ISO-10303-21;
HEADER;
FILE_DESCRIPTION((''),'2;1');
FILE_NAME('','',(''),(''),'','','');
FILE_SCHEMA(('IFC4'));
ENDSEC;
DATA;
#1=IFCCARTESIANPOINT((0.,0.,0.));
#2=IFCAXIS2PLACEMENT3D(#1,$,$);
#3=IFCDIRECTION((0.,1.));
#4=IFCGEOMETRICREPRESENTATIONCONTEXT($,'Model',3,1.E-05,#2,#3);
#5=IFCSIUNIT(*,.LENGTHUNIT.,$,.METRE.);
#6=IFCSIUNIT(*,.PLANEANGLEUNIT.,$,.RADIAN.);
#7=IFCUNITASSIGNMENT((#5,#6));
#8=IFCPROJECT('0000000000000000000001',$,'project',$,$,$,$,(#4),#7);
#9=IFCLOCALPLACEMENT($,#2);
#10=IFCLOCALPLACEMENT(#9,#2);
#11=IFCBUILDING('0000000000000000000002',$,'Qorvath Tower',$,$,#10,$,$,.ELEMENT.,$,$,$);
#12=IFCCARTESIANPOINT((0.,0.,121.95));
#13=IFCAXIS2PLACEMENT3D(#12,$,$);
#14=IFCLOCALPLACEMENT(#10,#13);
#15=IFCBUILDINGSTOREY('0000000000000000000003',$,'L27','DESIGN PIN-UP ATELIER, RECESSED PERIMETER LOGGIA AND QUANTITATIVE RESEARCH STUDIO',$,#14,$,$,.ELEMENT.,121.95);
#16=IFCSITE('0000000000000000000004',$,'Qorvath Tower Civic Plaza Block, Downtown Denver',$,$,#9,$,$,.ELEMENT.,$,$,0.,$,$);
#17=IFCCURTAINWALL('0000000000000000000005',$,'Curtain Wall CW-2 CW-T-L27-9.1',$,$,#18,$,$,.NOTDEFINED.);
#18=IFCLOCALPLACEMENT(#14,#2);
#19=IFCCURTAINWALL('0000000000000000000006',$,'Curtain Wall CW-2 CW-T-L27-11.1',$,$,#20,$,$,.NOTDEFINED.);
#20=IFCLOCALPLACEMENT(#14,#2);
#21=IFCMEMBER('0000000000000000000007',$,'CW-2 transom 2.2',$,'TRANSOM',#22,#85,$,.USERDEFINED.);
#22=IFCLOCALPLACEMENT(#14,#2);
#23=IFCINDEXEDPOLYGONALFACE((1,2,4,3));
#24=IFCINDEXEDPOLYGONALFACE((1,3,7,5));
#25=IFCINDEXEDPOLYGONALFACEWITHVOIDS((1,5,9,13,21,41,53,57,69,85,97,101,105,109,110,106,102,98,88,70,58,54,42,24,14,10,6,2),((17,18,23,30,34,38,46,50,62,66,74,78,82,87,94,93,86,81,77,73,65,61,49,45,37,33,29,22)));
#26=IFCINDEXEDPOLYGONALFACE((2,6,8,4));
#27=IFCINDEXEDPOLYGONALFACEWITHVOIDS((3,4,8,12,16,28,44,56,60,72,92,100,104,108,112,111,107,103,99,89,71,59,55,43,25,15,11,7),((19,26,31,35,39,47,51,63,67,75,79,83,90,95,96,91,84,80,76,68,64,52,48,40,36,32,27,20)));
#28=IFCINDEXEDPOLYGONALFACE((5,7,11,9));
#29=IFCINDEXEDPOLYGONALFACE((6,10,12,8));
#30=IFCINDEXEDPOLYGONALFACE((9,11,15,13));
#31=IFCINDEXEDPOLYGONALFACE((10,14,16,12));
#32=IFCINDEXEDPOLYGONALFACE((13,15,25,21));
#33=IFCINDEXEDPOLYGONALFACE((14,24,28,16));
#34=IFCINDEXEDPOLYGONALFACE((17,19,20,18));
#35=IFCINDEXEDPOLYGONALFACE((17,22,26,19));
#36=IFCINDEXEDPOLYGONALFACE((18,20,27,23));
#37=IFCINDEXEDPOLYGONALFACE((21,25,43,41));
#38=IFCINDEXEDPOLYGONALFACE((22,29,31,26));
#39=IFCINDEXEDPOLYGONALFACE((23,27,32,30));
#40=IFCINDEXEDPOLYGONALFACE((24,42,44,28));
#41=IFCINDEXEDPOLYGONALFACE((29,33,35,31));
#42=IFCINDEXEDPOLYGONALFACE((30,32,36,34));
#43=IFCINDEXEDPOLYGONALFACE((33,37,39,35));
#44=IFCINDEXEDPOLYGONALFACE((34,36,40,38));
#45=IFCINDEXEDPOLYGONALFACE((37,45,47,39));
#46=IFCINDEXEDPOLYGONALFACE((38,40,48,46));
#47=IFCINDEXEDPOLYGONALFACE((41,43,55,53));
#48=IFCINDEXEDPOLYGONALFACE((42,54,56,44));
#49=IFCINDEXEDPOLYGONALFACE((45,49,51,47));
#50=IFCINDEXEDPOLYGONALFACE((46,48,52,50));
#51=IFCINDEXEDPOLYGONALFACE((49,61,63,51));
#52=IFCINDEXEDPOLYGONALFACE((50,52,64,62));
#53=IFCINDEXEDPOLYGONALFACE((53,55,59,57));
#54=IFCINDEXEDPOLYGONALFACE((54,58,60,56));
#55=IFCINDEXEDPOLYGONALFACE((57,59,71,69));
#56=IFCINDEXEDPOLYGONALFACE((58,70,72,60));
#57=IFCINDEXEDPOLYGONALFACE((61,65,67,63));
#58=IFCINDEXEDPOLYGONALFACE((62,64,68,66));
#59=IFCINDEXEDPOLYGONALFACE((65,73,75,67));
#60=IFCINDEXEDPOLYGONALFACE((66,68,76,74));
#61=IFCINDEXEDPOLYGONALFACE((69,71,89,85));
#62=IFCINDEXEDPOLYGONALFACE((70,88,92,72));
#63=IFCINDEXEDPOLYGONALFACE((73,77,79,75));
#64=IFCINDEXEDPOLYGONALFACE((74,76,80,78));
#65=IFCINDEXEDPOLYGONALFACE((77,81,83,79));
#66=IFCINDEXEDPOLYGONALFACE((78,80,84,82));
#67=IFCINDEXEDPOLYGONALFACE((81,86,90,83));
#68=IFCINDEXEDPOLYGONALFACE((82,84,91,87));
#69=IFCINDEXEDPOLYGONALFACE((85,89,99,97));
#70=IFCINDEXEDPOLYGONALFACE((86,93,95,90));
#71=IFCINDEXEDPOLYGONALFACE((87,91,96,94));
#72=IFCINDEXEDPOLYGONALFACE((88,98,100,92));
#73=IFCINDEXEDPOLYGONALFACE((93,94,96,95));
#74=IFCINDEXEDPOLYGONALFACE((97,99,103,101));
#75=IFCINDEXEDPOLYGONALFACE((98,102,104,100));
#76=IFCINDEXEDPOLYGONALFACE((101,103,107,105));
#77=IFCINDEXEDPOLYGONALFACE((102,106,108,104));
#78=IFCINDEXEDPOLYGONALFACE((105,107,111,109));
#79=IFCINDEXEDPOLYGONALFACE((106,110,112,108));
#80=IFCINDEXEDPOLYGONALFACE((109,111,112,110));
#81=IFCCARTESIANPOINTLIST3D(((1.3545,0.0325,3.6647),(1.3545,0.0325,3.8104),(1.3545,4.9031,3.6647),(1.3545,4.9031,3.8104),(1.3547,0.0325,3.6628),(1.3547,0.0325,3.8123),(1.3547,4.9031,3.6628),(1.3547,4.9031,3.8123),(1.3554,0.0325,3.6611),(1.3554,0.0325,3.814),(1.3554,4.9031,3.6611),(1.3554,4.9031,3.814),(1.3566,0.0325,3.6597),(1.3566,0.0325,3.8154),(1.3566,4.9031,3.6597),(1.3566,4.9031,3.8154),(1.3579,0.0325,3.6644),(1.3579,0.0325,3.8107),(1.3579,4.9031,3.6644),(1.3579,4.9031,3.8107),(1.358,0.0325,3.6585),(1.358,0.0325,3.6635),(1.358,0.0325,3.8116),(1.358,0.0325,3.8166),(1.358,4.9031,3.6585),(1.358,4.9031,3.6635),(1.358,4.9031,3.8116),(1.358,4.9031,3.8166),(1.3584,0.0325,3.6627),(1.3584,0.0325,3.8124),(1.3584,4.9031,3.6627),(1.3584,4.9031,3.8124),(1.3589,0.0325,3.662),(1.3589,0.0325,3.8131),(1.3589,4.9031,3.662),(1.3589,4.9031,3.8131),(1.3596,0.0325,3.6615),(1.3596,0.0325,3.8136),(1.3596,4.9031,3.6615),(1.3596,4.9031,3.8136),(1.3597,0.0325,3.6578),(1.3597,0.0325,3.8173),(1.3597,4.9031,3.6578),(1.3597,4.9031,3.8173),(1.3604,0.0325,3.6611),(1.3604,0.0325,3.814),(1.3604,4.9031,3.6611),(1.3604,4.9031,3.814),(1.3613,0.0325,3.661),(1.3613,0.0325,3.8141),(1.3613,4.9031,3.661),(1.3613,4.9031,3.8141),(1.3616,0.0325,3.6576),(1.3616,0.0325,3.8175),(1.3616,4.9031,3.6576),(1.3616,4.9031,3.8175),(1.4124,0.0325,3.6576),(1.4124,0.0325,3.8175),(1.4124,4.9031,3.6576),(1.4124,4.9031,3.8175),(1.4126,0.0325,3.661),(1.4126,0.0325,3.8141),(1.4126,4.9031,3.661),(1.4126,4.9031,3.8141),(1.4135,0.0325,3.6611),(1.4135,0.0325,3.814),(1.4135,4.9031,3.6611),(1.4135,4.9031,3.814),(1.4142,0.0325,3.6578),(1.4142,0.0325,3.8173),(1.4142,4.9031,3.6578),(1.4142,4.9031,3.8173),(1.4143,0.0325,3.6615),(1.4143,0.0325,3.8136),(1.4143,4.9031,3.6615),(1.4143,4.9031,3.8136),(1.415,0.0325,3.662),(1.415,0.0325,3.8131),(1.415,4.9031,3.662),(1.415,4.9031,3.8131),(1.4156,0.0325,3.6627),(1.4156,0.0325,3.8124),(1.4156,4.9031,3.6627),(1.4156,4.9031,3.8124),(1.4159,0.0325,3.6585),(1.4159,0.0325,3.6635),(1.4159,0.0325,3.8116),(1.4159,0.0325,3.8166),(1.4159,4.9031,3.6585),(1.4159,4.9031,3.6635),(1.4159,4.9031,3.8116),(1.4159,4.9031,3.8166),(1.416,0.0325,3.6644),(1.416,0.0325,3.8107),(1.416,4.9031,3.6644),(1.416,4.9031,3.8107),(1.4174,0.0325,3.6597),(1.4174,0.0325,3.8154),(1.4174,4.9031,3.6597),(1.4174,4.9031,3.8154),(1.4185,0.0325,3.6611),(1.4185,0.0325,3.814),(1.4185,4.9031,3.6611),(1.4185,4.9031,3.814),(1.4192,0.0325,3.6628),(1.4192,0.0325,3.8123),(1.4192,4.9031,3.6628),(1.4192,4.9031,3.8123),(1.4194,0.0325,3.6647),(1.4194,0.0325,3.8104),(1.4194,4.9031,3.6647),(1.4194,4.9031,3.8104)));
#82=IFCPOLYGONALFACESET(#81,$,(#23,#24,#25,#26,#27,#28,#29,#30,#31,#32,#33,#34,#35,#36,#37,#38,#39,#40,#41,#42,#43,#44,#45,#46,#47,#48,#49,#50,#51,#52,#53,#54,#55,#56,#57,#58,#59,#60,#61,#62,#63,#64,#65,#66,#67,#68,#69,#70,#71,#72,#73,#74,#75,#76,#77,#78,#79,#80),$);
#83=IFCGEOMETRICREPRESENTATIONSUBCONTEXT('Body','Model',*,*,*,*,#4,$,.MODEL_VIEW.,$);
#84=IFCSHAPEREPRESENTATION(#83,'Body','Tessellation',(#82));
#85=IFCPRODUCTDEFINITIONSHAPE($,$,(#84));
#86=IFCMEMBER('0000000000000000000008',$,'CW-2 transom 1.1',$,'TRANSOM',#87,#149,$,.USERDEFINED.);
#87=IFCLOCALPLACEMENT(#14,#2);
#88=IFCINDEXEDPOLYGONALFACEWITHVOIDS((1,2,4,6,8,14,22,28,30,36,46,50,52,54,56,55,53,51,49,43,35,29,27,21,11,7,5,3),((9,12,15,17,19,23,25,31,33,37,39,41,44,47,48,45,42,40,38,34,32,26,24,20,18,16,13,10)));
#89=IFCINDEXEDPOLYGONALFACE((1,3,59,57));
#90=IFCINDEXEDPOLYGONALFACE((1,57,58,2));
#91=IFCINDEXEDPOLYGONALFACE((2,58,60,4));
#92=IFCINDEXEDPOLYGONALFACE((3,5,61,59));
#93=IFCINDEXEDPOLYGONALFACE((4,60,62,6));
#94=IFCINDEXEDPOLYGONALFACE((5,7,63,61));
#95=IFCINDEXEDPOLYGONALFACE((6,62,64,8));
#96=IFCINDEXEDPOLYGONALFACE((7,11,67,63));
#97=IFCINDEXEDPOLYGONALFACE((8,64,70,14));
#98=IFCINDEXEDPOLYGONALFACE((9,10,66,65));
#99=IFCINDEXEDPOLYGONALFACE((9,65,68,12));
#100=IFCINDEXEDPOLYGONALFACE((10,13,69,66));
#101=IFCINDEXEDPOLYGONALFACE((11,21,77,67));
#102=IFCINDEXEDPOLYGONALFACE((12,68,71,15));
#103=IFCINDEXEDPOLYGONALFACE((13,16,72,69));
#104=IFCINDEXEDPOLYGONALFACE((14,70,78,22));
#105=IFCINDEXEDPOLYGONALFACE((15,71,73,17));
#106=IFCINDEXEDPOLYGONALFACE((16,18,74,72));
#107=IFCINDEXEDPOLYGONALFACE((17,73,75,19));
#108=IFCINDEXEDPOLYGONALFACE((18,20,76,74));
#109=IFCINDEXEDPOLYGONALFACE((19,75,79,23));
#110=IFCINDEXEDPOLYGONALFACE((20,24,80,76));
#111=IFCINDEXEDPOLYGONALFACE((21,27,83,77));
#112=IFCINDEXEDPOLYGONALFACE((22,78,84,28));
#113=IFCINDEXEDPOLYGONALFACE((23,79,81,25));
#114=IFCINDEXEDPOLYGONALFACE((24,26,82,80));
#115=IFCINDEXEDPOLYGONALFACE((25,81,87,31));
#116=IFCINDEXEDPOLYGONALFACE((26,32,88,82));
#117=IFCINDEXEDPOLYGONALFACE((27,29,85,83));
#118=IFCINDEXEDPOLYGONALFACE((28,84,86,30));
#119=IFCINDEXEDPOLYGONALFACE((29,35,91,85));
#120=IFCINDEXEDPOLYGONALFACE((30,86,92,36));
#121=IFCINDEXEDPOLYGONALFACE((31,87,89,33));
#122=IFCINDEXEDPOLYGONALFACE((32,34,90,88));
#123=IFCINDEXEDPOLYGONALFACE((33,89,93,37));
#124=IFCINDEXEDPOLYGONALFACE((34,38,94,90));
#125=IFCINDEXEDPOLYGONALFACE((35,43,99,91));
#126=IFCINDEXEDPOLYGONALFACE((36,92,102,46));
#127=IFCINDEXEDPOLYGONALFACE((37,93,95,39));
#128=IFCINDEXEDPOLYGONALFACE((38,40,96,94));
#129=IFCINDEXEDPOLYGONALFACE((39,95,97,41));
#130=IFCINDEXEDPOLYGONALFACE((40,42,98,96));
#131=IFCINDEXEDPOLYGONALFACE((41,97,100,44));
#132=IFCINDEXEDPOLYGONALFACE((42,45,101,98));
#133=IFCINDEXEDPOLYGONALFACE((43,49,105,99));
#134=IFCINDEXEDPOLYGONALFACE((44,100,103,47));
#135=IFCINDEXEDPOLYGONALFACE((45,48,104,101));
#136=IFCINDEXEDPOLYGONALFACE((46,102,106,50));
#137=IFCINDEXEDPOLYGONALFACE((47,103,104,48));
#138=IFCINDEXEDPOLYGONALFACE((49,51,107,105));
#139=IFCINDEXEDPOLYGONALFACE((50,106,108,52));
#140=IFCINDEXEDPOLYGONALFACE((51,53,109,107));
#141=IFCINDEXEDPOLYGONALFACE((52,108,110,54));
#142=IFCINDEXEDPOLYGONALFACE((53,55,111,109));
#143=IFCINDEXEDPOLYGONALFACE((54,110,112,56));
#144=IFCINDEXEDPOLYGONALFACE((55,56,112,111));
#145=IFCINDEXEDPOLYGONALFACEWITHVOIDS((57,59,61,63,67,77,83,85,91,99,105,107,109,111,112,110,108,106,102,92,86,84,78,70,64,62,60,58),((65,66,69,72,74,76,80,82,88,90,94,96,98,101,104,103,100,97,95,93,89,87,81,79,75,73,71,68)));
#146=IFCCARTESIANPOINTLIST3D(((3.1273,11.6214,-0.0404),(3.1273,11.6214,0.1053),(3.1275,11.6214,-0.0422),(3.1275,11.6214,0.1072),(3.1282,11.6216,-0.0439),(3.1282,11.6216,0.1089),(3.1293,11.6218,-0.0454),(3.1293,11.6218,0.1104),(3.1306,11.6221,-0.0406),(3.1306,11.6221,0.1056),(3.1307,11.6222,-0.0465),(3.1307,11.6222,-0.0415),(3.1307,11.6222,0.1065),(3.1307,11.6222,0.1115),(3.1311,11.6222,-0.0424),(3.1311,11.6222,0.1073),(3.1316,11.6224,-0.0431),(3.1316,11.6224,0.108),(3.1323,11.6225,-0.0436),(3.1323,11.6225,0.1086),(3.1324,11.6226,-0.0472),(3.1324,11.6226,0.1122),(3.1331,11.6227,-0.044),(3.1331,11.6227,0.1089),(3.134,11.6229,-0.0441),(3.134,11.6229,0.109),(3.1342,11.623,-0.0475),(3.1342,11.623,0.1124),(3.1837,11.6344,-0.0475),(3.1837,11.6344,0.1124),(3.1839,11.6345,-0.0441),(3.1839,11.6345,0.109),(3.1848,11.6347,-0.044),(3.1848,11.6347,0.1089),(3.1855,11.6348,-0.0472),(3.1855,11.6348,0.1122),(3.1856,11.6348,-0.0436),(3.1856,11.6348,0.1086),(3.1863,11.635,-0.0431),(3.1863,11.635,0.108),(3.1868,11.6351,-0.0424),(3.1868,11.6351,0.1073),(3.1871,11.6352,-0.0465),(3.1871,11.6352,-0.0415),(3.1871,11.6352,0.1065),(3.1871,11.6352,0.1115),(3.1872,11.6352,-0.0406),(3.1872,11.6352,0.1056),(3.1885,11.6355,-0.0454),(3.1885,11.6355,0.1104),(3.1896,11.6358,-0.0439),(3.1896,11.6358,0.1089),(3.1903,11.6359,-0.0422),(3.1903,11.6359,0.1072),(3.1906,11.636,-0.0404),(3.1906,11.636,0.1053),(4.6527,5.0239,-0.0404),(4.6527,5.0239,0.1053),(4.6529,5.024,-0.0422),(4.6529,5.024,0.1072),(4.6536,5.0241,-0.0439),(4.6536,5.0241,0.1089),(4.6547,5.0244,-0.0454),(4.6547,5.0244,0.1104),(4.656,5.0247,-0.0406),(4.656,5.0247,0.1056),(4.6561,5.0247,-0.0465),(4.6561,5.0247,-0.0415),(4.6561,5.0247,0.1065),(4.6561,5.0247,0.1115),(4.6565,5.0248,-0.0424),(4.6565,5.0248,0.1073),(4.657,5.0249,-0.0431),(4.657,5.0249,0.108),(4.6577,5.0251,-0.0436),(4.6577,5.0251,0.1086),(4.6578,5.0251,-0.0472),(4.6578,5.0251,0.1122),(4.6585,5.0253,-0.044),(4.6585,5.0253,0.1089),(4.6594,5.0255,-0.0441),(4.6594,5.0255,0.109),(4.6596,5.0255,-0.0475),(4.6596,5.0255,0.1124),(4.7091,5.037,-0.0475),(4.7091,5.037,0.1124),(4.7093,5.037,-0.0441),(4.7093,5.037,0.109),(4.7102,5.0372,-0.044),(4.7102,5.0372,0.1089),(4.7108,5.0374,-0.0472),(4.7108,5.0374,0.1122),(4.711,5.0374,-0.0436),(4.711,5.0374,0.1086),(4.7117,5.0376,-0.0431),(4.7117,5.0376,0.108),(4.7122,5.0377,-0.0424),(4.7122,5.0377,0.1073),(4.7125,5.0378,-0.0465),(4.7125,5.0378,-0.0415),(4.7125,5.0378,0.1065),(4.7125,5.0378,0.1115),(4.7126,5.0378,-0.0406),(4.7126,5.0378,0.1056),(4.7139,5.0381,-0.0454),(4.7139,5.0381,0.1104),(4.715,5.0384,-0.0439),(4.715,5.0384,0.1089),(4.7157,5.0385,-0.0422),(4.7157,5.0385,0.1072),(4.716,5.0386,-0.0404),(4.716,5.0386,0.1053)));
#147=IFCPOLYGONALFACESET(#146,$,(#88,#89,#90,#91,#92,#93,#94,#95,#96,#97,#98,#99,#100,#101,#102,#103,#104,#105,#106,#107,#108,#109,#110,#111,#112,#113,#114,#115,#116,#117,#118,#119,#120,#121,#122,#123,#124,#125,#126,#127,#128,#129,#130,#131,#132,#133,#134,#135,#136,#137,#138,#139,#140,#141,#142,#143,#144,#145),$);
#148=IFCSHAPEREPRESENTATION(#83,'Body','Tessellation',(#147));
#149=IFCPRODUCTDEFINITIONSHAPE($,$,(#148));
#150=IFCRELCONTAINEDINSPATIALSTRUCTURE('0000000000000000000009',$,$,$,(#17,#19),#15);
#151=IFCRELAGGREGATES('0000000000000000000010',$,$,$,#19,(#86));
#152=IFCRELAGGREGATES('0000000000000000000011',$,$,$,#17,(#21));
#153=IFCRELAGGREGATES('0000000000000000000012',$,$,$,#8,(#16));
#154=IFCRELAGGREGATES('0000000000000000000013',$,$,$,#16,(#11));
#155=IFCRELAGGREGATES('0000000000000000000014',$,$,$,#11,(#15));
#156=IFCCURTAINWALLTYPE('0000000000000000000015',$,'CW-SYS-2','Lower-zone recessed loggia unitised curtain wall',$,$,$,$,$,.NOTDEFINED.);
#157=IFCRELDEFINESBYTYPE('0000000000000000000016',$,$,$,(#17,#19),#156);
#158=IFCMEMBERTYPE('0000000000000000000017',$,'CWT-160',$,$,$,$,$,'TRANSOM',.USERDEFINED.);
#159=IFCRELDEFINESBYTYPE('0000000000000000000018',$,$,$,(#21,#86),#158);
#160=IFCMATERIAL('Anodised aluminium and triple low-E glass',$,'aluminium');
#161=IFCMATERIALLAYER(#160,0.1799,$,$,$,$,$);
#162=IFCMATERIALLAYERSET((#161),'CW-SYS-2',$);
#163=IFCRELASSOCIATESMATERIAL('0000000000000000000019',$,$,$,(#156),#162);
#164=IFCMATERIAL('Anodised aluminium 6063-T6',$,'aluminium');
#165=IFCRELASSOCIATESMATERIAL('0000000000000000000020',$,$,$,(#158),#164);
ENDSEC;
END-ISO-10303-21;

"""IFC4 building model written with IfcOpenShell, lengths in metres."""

from ifc_helpers import new_model, si_unit, direction, frame, origin, origin_2d, place, context, subcontext, project, spatial, hollow_rectangle, extrude, material, layer, layer_set, material_profile, profile_set, type_object, element, aggregate, save


model = new_model("IFC4")

# Units and contexts
model_context = context("Model", 3, precision=1e-05, world=origin(), true_north=direction((0.0, 1.0)))
body_context = subcontext(model_context, "Body", "Model", "MODEL_VIEW")
ifc_project = project(units=[si_unit("LENGTHUNIT", "METRE"), si_unit("PLANEANGLEUNIT", "RADIAN")], contexts=[model_context])

# Site, building, storey
site_placement = place(None, origin())
site = spatial("IfcSite", under=ifc_project, at=site_placement, Name="Qorvath Tower Civic Plaza Block, Downtown Denver", CompositionType="ELEMENT", RefElevation=0.0)
building_placement = place(site_placement, origin())
building = spatial("IfcBuilding", under=site, at=building_placement, Name="Qorvath Tower", CompositionType="ELEMENT")
storey_placement = place(building_placement, frame((0.0, 0.0, 121.95)))
storey = spatial("IfcBuildingStorey", under=building, at=storey_placement, Name="L27", Description="DESIGN PIN-UP ATELIER, RECESSED PERIMETER LOGGIA AND QUANTITATIVE RESEARCH STUDIO", CompositionType="ELEMENT", Elevation=121.95)

# Curtain wall
ifc_material_1 = material(Name="Anodised aluminium and triple low-E glass", Category="aluminium")
ifc_layer_1 = layer(ifc_material_1, 0.1799)
ifc_layer_set_1 = layer_set([ifc_layer_1], Name="CW-SYS-2")
curtain_wall_type = type_object("IfcCurtainWallType", Name="CW-SYS-2", Description="Lower-zone recessed loggia unitised curtain wall", PredefinedType="NOTDEFINED", material=ifc_layer_set_1)
curtain_wall_1_placement = place(storey_placement, origin())
curtain_wall_1 = element("IfcCurtainWall", 1, at=curtain_wall_1_placement, inside=storey, type_object=curtain_wall_type, Name="Curtain Wall CW-2 CW-T-L27-9.1", PredefinedType="NOTDEFINED")

# Curtain wall
curtain_wall_2_placement = place(storey_placement, origin())
curtain_wall_2 = element("IfcCurtainWall", 2, at=curtain_wall_2_placement, inside=storey, type_object=curtain_wall_type, Name="Curtain Wall CW-2 CW-T-L27-11.1", PredefinedType="NOTDEFINED")

# Members
ifc_material_2 = material(Name="Anodised aluminium 6063-T6", Category="aluminium")
ifc_material_profile_1 = material_profile(ifc_material_2, hollow_rectangle(XDim=0.0649, YDim=0.1599, WallThickness=0.0034, InnerFilletRadius=0.0034, OuterFilletRadius=0.0071, at=origin_2d()), Name="CWT 160x65")
ifc_profile_set_1 = profile_set([ifc_material_profile_1], Name="Anodised aluminium 6063-T6")
member_type_1 = type_object("IfcMemberType", Name="CWT-160", ElementType="TRANSOM", PredefinedType="USERDEFINED", material=ifc_profile_set_1)
member_1_placement = place(storey_placement, frame((1.387, 0.0325, 3.7375), z_axis=(0.0, 1.0, 0.0), x_axis=(-1.0, 0.0, 0.0)))
member_1 = element("IfcMember", 3, at=member_1_placement, type_object=member_type_1, Name="CW-2 transom 2.2", ObjectType="TRANSOM", PredefinedType="USERDEFINED", context=body_context, shape_type="SweptSolid", body=[
    extrude(hollow_rectangle(XDim=0.0649, YDim=0.1599, WallThickness=0.0034, InnerFilletRadius=0.0034, OuterFilletRadius=0.0071, at=origin_2d()), origin(), (0.0, 0.0, 1.0), 4.8706),
])
member_2_placement = place(storey_placement, frame((4.6843, 5.0312, 0.0325), z_axis=(-0.225268, 0.974297, 0.0), x_axis=(-0.974297, -0.225268, 0.0)))
member_2 = element("IfcMember", 4, at=member_2_placement, type_object=member_type_1, Name="CW-2 transom 1.1", ObjectType="TRANSOM", PredefinedType="USERDEFINED", context=body_context, shape_type="SweptSolid", body=[
    extrude(hollow_rectangle(XDim=0.0649, YDim=0.1599, WallThickness=0.0034, InnerFilletRadius=0.0034, OuterFilletRadius=0.0071, at=origin_2d()), origin(), (0.0, 0.0, 1.0), 6.7715),
])
aggregate(curtain_wall_2, [member_2])

aggregate(curtain_wall_1, [member_1])

save(model, "model.ifc")
